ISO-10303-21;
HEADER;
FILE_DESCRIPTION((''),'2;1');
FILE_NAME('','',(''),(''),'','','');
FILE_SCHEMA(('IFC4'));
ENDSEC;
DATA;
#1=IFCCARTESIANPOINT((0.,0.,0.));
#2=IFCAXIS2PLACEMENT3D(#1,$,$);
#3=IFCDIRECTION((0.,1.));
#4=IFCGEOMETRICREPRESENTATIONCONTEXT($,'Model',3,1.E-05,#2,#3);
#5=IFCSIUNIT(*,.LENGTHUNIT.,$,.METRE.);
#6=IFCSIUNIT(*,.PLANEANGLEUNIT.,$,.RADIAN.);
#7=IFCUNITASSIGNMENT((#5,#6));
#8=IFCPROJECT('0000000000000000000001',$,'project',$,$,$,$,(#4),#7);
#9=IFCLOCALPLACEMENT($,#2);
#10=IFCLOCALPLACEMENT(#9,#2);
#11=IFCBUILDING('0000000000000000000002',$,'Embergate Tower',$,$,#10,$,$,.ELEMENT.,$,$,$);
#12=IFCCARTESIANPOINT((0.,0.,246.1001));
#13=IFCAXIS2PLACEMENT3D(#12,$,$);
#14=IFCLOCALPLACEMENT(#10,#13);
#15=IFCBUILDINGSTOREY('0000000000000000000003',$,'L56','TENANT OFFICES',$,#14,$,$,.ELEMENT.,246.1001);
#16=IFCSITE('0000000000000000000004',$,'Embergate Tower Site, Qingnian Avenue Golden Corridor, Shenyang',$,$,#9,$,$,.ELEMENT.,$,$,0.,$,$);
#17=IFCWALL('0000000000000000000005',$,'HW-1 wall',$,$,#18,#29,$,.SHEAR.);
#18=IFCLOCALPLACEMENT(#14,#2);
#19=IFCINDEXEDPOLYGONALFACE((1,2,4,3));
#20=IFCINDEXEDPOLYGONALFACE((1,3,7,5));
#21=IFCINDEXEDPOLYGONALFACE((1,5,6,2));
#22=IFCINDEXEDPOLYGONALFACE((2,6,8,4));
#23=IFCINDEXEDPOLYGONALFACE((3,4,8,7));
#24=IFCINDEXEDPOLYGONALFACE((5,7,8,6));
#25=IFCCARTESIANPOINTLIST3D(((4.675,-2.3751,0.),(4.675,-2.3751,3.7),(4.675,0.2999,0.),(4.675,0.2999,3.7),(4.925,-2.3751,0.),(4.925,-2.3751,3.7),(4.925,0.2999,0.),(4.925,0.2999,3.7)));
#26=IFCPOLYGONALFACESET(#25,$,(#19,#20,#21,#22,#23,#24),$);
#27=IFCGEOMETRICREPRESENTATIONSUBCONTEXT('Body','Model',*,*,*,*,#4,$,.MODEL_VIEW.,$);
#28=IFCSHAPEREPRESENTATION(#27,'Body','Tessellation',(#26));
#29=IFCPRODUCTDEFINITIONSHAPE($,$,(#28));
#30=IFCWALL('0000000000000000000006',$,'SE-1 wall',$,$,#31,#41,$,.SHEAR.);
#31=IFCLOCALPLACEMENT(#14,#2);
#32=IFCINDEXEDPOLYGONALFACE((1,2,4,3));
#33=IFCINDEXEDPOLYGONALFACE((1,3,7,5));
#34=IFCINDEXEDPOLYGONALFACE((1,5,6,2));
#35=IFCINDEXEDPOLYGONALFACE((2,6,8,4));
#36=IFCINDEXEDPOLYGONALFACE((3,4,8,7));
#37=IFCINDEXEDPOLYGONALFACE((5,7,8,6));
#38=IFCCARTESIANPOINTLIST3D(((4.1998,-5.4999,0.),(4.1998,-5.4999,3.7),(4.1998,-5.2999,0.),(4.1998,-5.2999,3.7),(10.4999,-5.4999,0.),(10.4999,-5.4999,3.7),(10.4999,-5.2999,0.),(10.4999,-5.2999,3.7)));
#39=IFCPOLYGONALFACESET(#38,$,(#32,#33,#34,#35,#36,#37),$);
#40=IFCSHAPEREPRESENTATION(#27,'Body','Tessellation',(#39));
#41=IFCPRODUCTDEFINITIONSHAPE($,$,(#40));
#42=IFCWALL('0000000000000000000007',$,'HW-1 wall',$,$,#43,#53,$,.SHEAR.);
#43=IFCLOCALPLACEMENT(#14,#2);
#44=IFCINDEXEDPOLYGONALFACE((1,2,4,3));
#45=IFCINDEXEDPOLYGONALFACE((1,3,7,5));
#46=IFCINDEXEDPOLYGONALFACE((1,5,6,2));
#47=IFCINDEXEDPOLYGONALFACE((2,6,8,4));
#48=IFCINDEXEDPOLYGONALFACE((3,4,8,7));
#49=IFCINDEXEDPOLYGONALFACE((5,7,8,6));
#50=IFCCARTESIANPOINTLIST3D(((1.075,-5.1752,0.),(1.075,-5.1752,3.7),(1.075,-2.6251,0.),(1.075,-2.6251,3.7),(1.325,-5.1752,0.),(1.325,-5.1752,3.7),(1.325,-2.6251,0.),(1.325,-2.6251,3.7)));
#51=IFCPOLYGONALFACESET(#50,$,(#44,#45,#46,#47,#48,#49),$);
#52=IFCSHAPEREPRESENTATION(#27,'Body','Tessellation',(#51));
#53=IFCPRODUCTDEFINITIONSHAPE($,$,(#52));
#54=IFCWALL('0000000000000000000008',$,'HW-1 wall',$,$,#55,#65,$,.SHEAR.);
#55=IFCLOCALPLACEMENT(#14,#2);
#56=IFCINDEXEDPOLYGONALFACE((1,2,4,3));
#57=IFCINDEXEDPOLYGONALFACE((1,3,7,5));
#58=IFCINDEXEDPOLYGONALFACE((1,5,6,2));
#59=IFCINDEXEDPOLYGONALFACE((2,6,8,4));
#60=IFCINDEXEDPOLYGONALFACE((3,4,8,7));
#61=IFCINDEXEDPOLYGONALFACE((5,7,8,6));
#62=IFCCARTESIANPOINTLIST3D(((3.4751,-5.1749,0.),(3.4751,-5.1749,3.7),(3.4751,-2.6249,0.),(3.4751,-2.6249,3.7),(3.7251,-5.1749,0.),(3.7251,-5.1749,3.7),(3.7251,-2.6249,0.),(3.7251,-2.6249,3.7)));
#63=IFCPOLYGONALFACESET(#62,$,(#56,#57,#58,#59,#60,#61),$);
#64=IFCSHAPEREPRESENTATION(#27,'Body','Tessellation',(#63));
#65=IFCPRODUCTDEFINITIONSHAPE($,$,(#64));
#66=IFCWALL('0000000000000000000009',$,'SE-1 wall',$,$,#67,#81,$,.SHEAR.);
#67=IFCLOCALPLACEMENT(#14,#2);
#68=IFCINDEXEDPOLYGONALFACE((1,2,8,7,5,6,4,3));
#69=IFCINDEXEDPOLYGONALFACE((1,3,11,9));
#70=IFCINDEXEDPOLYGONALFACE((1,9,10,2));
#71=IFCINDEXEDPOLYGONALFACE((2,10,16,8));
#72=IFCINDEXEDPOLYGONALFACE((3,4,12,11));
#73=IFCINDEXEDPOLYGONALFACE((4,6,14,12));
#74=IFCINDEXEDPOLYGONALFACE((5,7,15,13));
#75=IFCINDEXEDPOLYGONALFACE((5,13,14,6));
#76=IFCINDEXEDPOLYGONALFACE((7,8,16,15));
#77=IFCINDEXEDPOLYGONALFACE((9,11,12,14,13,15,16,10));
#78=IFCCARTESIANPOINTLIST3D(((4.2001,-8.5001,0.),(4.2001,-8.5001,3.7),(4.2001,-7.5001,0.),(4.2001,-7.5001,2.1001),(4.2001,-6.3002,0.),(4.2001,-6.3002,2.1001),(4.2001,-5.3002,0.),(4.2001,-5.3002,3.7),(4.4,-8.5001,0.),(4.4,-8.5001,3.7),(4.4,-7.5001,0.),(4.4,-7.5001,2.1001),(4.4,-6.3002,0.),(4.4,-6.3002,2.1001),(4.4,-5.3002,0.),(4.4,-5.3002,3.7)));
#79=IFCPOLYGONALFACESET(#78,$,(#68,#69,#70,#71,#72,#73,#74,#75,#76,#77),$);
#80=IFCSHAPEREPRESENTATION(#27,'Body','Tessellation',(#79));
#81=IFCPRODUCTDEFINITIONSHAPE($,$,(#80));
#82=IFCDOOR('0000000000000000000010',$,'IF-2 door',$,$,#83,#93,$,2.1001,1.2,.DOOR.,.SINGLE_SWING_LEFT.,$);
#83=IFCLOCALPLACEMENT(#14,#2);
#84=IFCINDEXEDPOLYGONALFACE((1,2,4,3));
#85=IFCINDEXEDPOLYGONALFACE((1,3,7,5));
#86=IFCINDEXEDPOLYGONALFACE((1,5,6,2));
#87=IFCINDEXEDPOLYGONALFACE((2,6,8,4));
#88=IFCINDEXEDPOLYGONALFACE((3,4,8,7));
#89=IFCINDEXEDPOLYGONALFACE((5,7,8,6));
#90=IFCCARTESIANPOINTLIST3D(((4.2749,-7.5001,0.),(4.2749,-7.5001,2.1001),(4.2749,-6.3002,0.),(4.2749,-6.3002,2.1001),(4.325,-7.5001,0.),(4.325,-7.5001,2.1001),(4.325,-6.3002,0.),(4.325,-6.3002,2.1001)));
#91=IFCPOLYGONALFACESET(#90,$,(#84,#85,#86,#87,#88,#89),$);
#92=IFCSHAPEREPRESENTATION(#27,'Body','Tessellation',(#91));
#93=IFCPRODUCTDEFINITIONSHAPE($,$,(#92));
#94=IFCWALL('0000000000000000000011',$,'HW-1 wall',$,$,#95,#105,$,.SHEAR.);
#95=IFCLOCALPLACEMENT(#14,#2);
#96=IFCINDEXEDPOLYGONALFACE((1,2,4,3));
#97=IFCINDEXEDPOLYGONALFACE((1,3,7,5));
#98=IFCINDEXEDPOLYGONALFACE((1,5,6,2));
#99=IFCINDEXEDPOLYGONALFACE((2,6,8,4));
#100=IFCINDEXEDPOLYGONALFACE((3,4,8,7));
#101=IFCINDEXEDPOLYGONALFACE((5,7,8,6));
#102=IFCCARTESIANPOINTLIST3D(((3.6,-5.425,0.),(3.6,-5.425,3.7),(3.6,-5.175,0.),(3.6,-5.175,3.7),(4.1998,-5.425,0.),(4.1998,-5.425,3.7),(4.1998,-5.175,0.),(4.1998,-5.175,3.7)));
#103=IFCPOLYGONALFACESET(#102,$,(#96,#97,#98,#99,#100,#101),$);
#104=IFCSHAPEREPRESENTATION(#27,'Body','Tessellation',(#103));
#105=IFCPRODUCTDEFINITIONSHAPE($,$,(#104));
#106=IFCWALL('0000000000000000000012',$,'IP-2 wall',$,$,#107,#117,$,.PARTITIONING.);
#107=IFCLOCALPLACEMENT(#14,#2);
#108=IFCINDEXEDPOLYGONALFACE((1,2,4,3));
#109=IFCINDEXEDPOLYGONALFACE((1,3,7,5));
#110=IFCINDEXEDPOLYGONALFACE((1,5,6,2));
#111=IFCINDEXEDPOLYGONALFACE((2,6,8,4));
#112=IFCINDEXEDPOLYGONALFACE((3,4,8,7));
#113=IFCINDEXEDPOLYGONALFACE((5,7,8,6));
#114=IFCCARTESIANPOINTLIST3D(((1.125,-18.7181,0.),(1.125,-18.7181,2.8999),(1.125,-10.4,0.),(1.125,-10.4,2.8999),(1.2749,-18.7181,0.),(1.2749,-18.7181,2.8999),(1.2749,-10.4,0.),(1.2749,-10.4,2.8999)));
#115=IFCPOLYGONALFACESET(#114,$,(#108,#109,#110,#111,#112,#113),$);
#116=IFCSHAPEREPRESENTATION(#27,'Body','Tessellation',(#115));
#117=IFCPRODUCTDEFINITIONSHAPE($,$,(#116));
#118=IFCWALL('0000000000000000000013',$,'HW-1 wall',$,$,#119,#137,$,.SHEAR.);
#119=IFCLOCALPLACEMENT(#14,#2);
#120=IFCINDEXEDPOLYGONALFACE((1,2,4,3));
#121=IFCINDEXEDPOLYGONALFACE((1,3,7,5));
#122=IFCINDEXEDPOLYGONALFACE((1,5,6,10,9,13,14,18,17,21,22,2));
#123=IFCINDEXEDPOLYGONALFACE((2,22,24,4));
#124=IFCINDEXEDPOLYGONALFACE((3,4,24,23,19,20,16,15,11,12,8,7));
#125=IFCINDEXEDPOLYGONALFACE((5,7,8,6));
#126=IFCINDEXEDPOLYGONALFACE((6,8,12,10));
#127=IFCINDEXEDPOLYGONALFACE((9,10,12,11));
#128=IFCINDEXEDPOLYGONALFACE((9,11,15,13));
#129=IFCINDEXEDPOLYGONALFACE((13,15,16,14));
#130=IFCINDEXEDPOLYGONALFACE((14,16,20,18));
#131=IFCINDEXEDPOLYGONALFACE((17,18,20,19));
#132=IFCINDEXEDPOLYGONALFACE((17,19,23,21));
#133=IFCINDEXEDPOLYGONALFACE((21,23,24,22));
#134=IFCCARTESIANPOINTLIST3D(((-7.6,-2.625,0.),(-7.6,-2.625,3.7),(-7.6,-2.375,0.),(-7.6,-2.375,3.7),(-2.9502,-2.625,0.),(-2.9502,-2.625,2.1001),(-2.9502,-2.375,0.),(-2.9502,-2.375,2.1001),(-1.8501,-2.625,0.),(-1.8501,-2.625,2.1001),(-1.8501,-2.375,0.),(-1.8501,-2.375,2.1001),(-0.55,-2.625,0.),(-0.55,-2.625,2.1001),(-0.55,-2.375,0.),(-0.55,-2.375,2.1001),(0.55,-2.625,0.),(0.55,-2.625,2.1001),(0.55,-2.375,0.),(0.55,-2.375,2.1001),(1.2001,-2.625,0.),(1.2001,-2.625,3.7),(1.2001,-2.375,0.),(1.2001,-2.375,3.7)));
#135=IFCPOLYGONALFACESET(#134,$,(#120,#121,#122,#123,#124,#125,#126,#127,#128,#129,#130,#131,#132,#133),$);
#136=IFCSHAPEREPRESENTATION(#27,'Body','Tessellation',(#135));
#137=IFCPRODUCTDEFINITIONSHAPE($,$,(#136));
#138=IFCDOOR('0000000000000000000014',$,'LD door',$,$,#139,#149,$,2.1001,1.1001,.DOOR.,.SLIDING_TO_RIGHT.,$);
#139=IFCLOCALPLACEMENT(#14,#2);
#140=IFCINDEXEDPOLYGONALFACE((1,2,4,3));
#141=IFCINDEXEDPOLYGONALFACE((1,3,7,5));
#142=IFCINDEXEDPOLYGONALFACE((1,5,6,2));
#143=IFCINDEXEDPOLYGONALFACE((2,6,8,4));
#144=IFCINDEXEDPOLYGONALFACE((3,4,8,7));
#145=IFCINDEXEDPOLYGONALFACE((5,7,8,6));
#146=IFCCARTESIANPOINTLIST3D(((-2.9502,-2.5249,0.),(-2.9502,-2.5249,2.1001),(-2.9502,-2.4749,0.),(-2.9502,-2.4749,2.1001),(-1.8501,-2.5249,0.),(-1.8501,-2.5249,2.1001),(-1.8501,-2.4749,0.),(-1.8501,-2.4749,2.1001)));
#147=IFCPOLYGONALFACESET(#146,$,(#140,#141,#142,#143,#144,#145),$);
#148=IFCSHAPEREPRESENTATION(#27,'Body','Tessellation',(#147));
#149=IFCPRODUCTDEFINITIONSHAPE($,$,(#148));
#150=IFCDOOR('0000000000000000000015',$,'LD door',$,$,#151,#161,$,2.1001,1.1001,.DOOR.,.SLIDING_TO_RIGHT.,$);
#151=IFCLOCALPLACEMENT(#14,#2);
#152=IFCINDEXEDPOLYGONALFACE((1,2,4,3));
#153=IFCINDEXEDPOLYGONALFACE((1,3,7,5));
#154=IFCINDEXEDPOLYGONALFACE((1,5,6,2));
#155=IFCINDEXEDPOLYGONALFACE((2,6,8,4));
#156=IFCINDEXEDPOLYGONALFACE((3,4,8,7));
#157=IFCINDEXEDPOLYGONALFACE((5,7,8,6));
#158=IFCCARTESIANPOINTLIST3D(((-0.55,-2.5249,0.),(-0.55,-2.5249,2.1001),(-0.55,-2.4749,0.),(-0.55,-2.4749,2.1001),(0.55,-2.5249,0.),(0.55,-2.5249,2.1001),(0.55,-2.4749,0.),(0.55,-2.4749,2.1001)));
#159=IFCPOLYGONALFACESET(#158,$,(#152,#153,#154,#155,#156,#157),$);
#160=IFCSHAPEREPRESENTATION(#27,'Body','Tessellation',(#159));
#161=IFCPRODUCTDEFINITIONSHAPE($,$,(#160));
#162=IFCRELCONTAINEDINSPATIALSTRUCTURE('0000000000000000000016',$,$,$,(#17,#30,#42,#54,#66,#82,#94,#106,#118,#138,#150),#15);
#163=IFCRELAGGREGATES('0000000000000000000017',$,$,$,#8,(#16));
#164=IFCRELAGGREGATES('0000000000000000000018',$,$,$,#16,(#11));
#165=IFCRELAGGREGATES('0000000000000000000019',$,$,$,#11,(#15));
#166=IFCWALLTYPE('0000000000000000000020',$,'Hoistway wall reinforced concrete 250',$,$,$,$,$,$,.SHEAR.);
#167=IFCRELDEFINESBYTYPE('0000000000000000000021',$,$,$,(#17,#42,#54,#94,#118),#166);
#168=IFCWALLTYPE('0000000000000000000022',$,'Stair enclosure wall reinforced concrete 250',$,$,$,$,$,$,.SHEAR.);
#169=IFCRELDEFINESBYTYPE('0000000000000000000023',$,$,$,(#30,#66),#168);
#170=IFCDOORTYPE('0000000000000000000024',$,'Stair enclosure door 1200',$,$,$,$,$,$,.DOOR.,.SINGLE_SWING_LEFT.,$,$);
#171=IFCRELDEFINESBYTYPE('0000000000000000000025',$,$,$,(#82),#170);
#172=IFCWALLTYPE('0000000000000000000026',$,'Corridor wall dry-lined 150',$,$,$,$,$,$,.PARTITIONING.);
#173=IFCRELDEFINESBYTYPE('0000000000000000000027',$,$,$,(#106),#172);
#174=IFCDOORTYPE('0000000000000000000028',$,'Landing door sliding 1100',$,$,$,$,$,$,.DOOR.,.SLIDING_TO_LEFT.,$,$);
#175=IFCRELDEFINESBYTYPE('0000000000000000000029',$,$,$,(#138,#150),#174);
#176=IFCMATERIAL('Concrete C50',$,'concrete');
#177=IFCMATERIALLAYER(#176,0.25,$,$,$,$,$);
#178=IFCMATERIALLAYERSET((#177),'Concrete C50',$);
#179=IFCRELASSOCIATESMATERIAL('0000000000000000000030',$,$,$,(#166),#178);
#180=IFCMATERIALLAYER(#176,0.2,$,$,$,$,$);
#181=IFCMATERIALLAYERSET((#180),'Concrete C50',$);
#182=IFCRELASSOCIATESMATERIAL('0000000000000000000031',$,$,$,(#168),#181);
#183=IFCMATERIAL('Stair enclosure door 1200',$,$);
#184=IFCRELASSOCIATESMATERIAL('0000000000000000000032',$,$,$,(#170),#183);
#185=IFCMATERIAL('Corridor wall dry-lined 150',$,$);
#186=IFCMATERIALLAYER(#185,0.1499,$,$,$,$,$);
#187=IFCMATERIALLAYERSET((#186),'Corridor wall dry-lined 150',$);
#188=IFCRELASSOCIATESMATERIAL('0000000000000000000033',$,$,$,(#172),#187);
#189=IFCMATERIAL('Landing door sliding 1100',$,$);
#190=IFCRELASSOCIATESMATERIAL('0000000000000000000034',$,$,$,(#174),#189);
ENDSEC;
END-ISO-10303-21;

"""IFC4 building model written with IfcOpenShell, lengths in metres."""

from ifc_helpers import new_model, si_unit, direction, frame, frame_2d, origin, place, context, subcontext, project, spatial, rectangle, extrude, source, transform, mapped, material, layer, layer_set, type_object, element, fill, save


model = new_model("IFC4")

# Units and contexts
model_context = context("Model", 3, precision=1e-05, world=origin(), true_north=direction((0.0, 1.0)))
body_context = subcontext(model_context, "Body", "Model", "MODEL_VIEW")
ifc_project = project(units=[si_unit("LENGTHUNIT", "METRE"), si_unit("PLANEANGLEUNIT", "RADIAN")], contexts=[model_context])

# Site, building, storey
site_placement = place(None, origin())
site = spatial("IfcSite", under=ifc_project, at=site_placement, Name="Embergate Tower Site, Qingnian Avenue Golden Corridor, Shenyang", CompositionType="ELEMENT", RefElevation=0.0)
building_placement = place(site_placement, origin())
building = spatial("IfcBuilding", under=site, at=building_placement, Name="Embergate Tower", CompositionType="ELEMENT")
storey_placement = place(building_placement, frame((0.0, 0.0, 246.1001)))
storey = spatial("IfcBuildingStorey", under=building, at=storey_placement, Name="L56", Description="TENANT OFFICES", CompositionType="ELEMENT", Elevation=246.1001)

# Walls
ifc_material_1 = material(Name="Concrete C50", Category="concrete")
ifc_layer_1 = layer(ifc_material_1, 0.25)
ifc_layer_set_1 = layer_set([ifc_layer_1], Name="Concrete C50")
wall_type_1 = type_object("IfcWallType", Name="Hoistway wall reinforced concrete 250", PredefinedType="SHEAR", material=ifc_layer_set_1)
shared_shape_1 = source(origin(), body_context, "Body", "SweptSolid", [
    extrude(rectangle(XDim=2.675, YDim=0.25, at=frame_2d((1.3374, 0.0))), origin(), (0.0, 0.0, 1.0), 3.7),
])
wall_1_placement = place(storey_placement, frame((4.8, -2.375, 0.0), z_axis=(0.0, 0.0, 1.0), x_axis=(0.0, 1.0, 0.0)))
element("IfcWall", 1, at=wall_1_placement, inside=storey, type_object=wall_type_1, Name="HW-1 wall", PredefinedType="SHEAR", context=body_context, shape_type="MappedRepresentation", body=[
    mapped(shared_shape_1, transform((0.0, 0.0, 0.0))),
])
ifc_layer_2 = layer(ifc_material_1, 0.2)
ifc_layer_set_2 = layer_set([ifc_layer_2], Name="Concrete C50")
wall_type_2 = type_object("IfcWallType", Name="Stair enclosure wall reinforced concrete 250", PredefinedType="SHEAR", material=ifc_layer_set_2)
shared_shape_2 = source(origin(), body_context, "Body", "SweptSolid", [
    extrude(rectangle(XDim=6.3, YDim=0.2, at=frame_2d((3.1499, 0.0))), origin(), (0.0, 0.0, 1.0), 3.7),
])
wall_2_placement = place(storey_placement, frame((4.2, -5.3999, 0.0), z_axis=(0.0, 0.0, 1.0), x_axis=(1.0, 0.0, 0.0)))
element("IfcWall", 2, at=wall_2_placement, inside=storey, type_object=wall_type_2, Name="SE-1 wall", PredefinedType="SHEAR", context=body_context, shape_type="MappedRepresentation", body=[
    mapped(shared_shape_2, transform((0.0, 0.0, 0.0))),
])
shared_shape_3 = source(origin(), body_context, "Body", "SweptSolid", [
    extrude(rectangle(XDim=2.55, YDim=0.25, at=frame_2d((1.2749, 0.0))), origin(), (0.0, 0.0, 1.0), 3.7),
])
for number, where, z_axis, x_axis, name in (
    (3, (1.2, -5.175, 0.0), (0.0, 0.0, 1.0), (0.0, 1.0, 0.0), "HW-1 wall"),
    (4, (3.6001, -2.625, 0.0), (0.0, 0.0, 1.0), (0.0, -1.0, 0.0), "HW-1 wall"),
):
    element("IfcWall", number, at=place(storey_placement, frame(where, z_axis=z_axis, x_axis=x_axis)), inside=storey, type_object=wall_type_1, Name=name, PredefinedType="SHEAR", context=body_context, shape_type="MappedRepresentation", body=[
        mapped(shared_shape_3, transform((0.0, 0.0, 0.0))),
    ])

# Wall, opening, door
shared_shape_4 = source(origin(), body_context, "Body", "SweptSolid", [
    extrude(rectangle(XDim=3.2, YDim=0.2, at=frame_2d((1.6001, 0.0))), origin(), (0.0, 0.0, 1.0), 3.7),
])
wall_3_placement = place(storey_placement, frame((4.3, -5.3, 0.0), z_axis=(0.0, 0.0, 1.0), x_axis=(0.0, -1.0, 0.0)))
wall_3 = element("IfcWall", 5, at=wall_3_placement, inside=storey, type_object=wall_type_2, Name="SE-1 wall", PredefinedType="SHEAR", context=body_context, shape_type="MappedRepresentation", body=[
    mapped(shared_shape_4, transform((0.0, 0.0, 0.0))),
])
shared_shape_5 = source(origin(), body_context, "Body", "SweptSolid", [
    extrude(rectangle(XDim=1.2, YDim=2.1001, at=frame_2d((0.6001, 1.05))), frame((0.0, 0.1099, 0.0), z_axis=(0.0, -1.0, 0.0), x_axis=(1.0, 0.0, 0.0)), (0.0, 0.0, 1.0), 0.22),
])
opening_1_placement = place(wall_3_placement, frame((1.0, 0.0, 0.0)))
opening_1 = element("IfcOpeningElement", 6, at=opening_1_placement, cuts=wall_3, PredefinedType="OPENING", context=body_context, shape_type="MappedRepresentation", body=[
    mapped(shared_shape_5, transform((0.0, 0.0, 0.0))),
])
ifc_material_2 = material(Name="Stair enclosure door 1200")
door_type_1 = type_object("IfcDoorType", Name="Stair enclosure door 1200", OperationType="SINGLE_SWING_LEFT", PredefinedType="DOOR", material=ifc_material_2)
shared_shape_6 = source(origin(), body_context, "Body", "SweptSolid", [
    extrude(rectangle(XDim=1.2, YDim=2.1001, at=frame_2d((0.6001, 1.05))), frame((0.0, 0.0249, 0.0), z_axis=(0.0, -1.0, 0.0), x_axis=(1.0, 0.0, 0.0)), (0.0, 0.0, 1.0), 0.05),
])
door_1_placement = place(opening_1_placement, origin())
door_1 = element("IfcDoor", 7, at=door_1_placement, inside=storey, type_object=door_type_1, Name="IF-2 door", OperationType="SINGLE_SWING_LEFT", OverallHeight=2.1001, OverallWidth=1.2, PredefinedType="DOOR", context=body_context, shape_type="MappedRepresentation", body=[
    mapped(shared_shape_6, transform((0.0, 0.0, 0.0))),
])
fill(opening_1, door_1)

# Walls
shared_shape_7 = source(origin(), body_context, "Body", "SweptSolid", [
    extrude(rectangle(XDim=0.5999, YDim=0.25, at=frame_2d((0.2998, 0.0))), origin(), (0.0, 0.0, 1.0), 3.7),
])
wall_4_placement = place(storey_placement, frame((3.6001, -5.3, 0.0), z_axis=(0.0, 0.0, 1.0), x_axis=(1.0, 0.0, 0.0)))
element("IfcWall", 8, at=wall_4_placement, inside=storey, type_object=wall_type_1, Name="HW-1 wall", PredefinedType="SHEAR", context=body_context, shape_type="MappedRepresentation", body=[
    mapped(shared_shape_7, transform((0.0, 0.0, 0.0))),
])
ifc_material_3 = material(Name="Corridor wall dry-lined 150")
ifc_layer_3 = layer(ifc_material_3, 0.1499)
ifc_layer_set_3 = layer_set([ifc_layer_3], Name="Corridor wall dry-lined 150")
wall_type_3 = type_object("IfcWallType", Name="Corridor wall dry-lined 150", PredefinedType="PARTITIONING", material=ifc_layer_set_3)
shared_shape_8 = source(origin(), body_context, "Body", "SweptSolid", [
    extrude(rectangle(XDim=8.3181, YDim=0.1499, at=frame_2d((4.1592, 0.0))), origin(), (0.0, 0.0, 1.0), 2.8999),
])
wall_5_placement = place(storey_placement, frame((1.2, -10.3999, 0.0), z_axis=(0.0, 0.0, 1.0), x_axis=(0.0, -1.0, 0.0)))
element("IfcWall", 9, at=wall_5_placement, inside=storey, type_object=wall_type_3, Name="IP-2 wall", PredefinedType="PARTITIONING", context=body_context, shape_type="MappedRepresentation", body=[
    mapped(shared_shape_8, transform((0.0, 0.0, 0.0))),
])

# Wall, openings, doors
shared_shape_9 = source(origin(), body_context, "Body", "SweptSolid", [
    extrude(rectangle(XDim=8.8, YDim=0.25, at=frame_2d((4.3999, 0.0))), origin(), (0.0, 0.0, 1.0), 3.7),
])
wall_6_placement = place(storey_placement, frame((1.2, -2.5, 0.0), z_axis=(0.0, 0.0, 1.0), x_axis=(-1.0, 0.0, 0.0)))
wall_6 = element("IfcWall", 10, at=wall_6_placement, inside=storey, type_object=wall_type_1, Name="HW-1 wall", PredefinedType="SHEAR", context=body_context, shape_type="MappedRepresentation", body=[
    mapped(shared_shape_9, transform((0.0, 0.0, 0.0))),
])
shared_shape_10 = source(origin(), body_context, "Body", "SweptSolid", [
    extrude(rectangle(XDim=1.1001, YDim=2.1001, at=frame_2d((0.55, 1.05))), frame((0.0, 0.135, 0.0), z_axis=(0.0, -1.0, 0.0), x_axis=(1.0, 0.0, 0.0)), (0.0, 0.0, 1.0), 0.27),
])
opening_2_placement = place(wall_6_placement, frame((3.05, 0.0, 0.0)))
opening_2 = element("IfcOpeningElement", 11, at=opening_2_placement, cuts=wall_6, PredefinedType="OPENING", context=body_context, shape_type="MappedRepresentation", body=[
    mapped(shared_shape_10, transform((0.0, 0.0, 0.0))),
])
opening_3_placement = place(wall_6_placement, frame((0.6499, 0.0, 0.0)))
opening_3 = element("IfcOpeningElement", 12, at=opening_3_placement, cuts=wall_6, PredefinedType="OPENING", context=body_context, shape_type="MappedRepresentation", body=[
    mapped(shared_shape_10, transform((0.0, 0.0, 0.0))),
])
ifc_material_4 = material(Name="Landing door sliding 1100")
door_type_2 = type_object("IfcDoorType", Name="Landing door sliding 1100", OperationType="SLIDING_TO_LEFT", PredefinedType="DOOR", material=ifc_material_4)
shared_shape_11 = source(origin(), body_context, "Body", "SweptSolid", [
    extrude(rectangle(XDim=1.1001, YDim=2.1001, at=frame_2d((0.55, 1.05))), frame((0.0, 0.0249, 0.0), z_axis=(0.0, -1.0, 0.0), x_axis=(1.0, 0.0, 0.0)), (0.0, 0.0, 1.0), 0.05),
])
door_2_placement = place(opening_2_placement, origin())
door_2 = element("IfcDoor", 13, at=door_2_placement, inside=storey, type_object=door_type_2, Name="LD door", OperationType="SLIDING_TO_RIGHT", OverallHeight=2.1001, OverallWidth=1.1001, PredefinedType="DOOR", context=body_context, shape_type="MappedRepresentation", body=[
    mapped(shared_shape_11, transform((0.0, 0.0, 0.0))),
])
fill(opening_2, door_2)
door_3_placement = place(opening_3_placement, origin())
door_3 = element("IfcDoor", 14, at=door_3_placement, inside=storey, type_object=door_type_2, Name="LD door", OperationType="SLIDING_TO_RIGHT", OverallHeight=2.1001, OverallWidth=1.1001, PredefinedType="DOOR", context=body_context, shape_type="MappedRepresentation", body=[
    mapped(shared_shape_11, transform((0.0, 0.0, 0.0))),
])
fill(opening_3, door_3)

save(model, "model.ifc")
